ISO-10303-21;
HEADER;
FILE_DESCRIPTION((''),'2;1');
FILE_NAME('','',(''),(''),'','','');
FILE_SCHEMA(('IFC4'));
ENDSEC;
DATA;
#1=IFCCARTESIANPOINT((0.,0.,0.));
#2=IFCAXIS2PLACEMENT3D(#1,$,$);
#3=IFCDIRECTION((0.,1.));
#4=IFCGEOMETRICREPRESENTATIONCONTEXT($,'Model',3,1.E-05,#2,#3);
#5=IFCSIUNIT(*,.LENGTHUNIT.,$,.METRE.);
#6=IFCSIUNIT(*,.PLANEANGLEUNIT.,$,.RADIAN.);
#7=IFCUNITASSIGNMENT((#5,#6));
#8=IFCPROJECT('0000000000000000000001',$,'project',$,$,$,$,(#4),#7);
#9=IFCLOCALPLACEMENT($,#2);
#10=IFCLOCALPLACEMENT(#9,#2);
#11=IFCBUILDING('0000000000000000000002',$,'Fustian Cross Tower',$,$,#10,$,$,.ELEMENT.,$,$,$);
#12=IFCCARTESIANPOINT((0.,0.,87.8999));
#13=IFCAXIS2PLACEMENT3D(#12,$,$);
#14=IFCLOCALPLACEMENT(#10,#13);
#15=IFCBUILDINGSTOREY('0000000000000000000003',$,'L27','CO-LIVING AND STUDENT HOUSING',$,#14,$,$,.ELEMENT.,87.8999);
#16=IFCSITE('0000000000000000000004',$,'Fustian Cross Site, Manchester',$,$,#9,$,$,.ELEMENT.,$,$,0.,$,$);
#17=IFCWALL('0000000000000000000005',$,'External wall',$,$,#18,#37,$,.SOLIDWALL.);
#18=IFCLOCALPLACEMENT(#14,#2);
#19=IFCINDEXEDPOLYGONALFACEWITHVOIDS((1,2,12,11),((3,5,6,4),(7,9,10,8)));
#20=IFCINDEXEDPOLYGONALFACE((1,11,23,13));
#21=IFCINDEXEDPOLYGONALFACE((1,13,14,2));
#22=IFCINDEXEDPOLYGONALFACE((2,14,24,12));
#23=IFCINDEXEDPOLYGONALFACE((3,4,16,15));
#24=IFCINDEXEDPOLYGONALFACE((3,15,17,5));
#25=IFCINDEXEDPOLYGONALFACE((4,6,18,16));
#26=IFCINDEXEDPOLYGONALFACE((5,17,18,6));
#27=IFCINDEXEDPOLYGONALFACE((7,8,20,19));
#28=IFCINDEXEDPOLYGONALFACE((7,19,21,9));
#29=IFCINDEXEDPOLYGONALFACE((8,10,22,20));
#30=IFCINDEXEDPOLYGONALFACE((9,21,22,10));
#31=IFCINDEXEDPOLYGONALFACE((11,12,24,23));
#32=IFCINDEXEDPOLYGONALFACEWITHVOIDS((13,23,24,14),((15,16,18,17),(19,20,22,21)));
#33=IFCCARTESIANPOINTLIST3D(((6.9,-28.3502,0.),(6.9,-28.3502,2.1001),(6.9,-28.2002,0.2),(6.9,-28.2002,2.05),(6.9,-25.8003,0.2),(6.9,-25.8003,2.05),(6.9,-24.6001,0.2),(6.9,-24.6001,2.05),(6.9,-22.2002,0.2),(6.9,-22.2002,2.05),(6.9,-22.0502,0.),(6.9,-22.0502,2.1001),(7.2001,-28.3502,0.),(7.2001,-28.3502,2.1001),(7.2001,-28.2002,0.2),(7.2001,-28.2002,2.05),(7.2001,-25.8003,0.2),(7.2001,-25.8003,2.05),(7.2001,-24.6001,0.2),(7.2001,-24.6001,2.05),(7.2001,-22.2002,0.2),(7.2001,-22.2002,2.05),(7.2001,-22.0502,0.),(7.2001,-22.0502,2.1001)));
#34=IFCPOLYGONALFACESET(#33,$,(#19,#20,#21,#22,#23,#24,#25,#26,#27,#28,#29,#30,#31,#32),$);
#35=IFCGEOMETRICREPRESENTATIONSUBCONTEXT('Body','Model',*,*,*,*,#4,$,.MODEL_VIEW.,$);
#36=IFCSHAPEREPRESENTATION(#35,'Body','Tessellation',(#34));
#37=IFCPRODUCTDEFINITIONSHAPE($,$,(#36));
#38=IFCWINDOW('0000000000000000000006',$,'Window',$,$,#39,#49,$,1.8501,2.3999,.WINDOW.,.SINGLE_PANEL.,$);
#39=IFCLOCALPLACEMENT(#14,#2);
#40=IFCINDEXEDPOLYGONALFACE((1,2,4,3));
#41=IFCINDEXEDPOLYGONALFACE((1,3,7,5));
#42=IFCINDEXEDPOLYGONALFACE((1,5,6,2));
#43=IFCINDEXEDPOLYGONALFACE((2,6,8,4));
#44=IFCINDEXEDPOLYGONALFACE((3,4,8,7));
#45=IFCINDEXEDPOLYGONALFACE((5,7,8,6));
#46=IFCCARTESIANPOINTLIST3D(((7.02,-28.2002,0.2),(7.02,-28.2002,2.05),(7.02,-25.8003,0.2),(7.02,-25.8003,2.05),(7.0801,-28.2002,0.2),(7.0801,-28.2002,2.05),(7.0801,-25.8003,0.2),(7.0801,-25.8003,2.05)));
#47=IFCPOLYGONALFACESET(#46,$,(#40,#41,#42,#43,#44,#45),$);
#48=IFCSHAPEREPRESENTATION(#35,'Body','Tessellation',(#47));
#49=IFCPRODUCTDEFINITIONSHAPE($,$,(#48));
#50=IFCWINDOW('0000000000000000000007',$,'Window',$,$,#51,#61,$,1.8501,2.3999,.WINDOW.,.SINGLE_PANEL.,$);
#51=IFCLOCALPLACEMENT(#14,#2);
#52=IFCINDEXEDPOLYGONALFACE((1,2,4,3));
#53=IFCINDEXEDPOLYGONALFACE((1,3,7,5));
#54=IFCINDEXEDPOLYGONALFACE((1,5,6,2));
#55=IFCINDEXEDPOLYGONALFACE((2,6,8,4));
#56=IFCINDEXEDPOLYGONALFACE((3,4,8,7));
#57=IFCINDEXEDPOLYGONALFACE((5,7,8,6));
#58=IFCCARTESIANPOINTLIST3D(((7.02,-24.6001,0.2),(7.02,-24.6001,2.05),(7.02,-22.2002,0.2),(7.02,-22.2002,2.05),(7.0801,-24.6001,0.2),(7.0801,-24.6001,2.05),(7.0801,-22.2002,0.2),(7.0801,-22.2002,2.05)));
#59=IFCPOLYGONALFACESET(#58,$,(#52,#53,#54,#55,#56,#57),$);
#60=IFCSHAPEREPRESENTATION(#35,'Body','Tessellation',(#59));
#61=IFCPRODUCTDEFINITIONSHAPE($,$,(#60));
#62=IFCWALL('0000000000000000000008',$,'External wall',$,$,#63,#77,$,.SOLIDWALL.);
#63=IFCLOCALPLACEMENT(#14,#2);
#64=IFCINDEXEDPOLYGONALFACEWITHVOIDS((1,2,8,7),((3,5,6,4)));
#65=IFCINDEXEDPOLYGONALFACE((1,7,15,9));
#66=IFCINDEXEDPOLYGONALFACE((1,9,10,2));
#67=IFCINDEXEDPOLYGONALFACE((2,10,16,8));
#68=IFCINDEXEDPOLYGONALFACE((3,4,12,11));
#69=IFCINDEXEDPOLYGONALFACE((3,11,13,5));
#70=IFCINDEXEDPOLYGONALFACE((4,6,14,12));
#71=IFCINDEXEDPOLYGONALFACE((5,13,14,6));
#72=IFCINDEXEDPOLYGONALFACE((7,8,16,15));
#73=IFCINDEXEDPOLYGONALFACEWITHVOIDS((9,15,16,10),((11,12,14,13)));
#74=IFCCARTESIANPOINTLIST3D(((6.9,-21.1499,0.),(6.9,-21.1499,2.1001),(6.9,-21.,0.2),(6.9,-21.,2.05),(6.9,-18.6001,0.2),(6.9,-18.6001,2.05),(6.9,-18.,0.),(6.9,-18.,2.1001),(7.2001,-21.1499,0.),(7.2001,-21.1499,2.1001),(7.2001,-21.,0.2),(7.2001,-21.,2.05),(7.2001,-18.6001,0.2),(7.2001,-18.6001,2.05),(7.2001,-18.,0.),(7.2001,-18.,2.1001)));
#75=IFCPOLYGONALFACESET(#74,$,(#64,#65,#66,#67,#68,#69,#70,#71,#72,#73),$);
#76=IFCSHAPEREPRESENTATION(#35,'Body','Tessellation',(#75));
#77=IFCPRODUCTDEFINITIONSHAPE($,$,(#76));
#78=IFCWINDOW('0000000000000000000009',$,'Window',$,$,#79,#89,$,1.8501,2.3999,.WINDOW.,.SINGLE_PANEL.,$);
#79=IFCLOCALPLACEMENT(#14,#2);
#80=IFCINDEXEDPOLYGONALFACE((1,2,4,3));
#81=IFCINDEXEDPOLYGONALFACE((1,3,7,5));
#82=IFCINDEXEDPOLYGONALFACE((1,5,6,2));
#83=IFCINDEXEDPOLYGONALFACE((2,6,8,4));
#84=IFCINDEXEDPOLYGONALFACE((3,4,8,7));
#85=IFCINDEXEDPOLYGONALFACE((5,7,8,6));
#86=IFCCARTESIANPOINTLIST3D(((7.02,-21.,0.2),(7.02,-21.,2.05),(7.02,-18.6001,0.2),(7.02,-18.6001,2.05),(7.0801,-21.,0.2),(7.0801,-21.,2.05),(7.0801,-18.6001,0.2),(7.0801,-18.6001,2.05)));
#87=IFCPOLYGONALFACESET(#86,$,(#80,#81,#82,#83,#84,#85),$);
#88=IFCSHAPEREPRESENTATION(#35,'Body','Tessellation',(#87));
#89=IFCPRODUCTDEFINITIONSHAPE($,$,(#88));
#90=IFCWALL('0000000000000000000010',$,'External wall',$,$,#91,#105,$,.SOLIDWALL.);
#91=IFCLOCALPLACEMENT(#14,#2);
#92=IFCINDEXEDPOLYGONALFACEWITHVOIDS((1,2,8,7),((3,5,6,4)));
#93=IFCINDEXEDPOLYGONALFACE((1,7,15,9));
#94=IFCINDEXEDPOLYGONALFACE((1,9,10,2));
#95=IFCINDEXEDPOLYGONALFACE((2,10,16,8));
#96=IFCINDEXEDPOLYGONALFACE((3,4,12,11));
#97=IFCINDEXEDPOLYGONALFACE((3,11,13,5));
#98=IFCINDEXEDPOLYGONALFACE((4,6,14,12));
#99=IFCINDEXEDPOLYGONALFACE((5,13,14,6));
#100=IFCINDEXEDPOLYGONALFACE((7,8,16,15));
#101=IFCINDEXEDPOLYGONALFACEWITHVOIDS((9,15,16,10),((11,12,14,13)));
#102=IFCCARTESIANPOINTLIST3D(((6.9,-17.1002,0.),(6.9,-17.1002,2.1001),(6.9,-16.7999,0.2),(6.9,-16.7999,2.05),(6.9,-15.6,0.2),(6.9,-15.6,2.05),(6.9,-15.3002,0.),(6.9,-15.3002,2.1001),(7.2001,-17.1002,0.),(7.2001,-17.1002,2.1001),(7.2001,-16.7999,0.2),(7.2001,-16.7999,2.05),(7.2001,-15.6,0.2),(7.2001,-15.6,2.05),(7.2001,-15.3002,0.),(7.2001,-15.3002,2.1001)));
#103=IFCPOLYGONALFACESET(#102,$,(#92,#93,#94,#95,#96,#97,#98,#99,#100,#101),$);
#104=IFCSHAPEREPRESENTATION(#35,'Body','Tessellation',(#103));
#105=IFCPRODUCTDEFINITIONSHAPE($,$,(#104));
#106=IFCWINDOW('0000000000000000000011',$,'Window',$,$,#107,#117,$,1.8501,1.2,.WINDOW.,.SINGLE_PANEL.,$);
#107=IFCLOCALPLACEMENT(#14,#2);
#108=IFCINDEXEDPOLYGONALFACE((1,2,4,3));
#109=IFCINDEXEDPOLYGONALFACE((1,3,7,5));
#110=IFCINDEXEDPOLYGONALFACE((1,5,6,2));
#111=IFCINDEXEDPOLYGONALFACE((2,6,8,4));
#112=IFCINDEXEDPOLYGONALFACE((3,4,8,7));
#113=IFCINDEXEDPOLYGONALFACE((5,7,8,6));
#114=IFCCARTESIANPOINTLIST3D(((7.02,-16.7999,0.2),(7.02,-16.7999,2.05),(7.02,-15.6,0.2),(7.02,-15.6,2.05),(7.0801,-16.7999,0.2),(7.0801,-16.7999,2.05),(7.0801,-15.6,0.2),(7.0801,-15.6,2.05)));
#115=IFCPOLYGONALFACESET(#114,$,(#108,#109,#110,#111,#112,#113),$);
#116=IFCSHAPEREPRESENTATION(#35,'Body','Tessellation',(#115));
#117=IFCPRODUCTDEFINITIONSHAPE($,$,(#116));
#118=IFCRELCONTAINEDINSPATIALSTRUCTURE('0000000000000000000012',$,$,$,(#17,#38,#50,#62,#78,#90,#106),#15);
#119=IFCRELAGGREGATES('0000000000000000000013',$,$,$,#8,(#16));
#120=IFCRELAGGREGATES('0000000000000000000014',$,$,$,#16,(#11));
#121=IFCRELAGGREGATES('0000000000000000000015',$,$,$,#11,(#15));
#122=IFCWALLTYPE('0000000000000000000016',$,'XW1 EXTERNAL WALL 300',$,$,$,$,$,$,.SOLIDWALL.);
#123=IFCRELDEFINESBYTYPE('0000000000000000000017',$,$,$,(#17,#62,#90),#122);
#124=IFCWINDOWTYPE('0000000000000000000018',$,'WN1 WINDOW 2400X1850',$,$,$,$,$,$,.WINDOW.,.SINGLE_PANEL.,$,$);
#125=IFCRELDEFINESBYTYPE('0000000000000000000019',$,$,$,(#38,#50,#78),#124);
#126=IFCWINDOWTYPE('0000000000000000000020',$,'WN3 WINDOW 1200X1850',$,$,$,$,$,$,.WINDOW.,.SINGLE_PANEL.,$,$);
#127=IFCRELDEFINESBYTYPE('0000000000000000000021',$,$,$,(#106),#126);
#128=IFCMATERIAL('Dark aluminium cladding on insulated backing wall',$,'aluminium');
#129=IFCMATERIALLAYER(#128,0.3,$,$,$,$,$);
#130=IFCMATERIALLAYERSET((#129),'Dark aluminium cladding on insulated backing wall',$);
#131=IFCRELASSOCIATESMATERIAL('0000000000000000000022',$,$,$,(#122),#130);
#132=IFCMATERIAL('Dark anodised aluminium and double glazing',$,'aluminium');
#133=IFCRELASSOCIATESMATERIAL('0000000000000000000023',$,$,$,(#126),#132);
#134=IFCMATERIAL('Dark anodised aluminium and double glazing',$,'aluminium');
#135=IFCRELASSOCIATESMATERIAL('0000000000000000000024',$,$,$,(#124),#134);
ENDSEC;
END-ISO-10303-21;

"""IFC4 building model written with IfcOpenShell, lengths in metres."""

from ifc_helpers import new_model, si_unit, direction, frame, frame_2d, origin, place, context, subcontext, project, spatial, rectangle, extrude, material, layer, layer_set, type_object, element, fill, save


model = new_model("IFC4")

# Units and contexts
model_context = context("Model", 3, precision=1e-05, world=origin(), true_north=direction((0.0, 1.0)))
body_context = subcontext(model_context, "Body", "Model", "MODEL_VIEW")
ifc_project = project(units=[si_unit("LENGTHUNIT", "METRE"), si_unit("PLANEANGLEUNIT", "RADIAN")], contexts=[model_context])

# Site, building, storey
site_placement = place(None, origin())
site = spatial("IfcSite", under=ifc_project, at=site_placement, Name="Fustian Cross Site, Manchester", CompositionType="ELEMENT", RefElevation=0.0)
building_placement = place(site_placement, origin())
building = spatial("IfcBuilding", under=site, at=building_placement, Name="Fustian Cross Tower", CompositionType="ELEMENT")
storey_placement = place(building_placement, frame((0.0, 0.0, 87.8999)))
storey = spatial("IfcBuildingStorey", under=building, at=storey_placement, Name="L27", Description="CO-LIVING AND STUDENT HOUSING", CompositionType="ELEMENT", Elevation=87.8999)

# Shared definitions
ifc_material_1 = material(Name="Dark aluminium cladding on insulated backing wall", Category="aluminium")
ifc_layer_1 = layer(ifc_material_1, 0.3)
ifc_layer_set_1 = layer_set([ifc_layer_1], Name="Dark aluminium cladding on insulated backing wall")
wall_type_1 = type_object("IfcWallType", Name="XW1 EXTERNAL WALL 300", PredefinedType="SOLIDWALL", material=ifc_layer_set_1)
ifc_material_2 = material(Name="Dark anodised aluminium and double glazing", Category="aluminium")
window_type_1 = type_object("IfcWindowType", Name="WN3 WINDOW 1200X1850", PartitioningType="SINGLE_PANEL", PredefinedType="WINDOW", material=ifc_material_2)
ifc_material_3 = material(Name="Dark anodised aluminium and double glazing", Category="aluminium")
window_type_2 = type_object("IfcWindowType", Name="WN1 WINDOW 2400X1850", PartitioningType="SINGLE_PANEL", PredefinedType="WINDOW", material=ifc_material_3)

# Wall, openings, windows
wall_1_placement = place(storey_placement, frame((7.05, -28.3501, 0.0), z_axis=(0.0, 0.0, 1.0), x_axis=(0.0, 1.0, 0.0)))
wall_1 = element("IfcWall", 1, at=wall_1_placement, inside=storey, type_object=wall_type_1, Name="External wall", PredefinedType="SOLIDWALL", context=body_context, shape_type="SweptSolid", body=[
    extrude(rectangle(XDim=6.3, YDim=0.3, at=frame_2d((3.1499, 0.0))), origin(), (0.0, 0.0, 1.0), 2.1001),
])
opening_1_placement = place(wall_1_placement, frame((0.1499, 0.0, 0.2)))
opening_1 = element("IfcOpeningElement", 2, at=opening_1_placement, cuts=wall_1, PredefinedType="OPENING", context=body_context, shape_type="SweptSolid", body=[
    extrude(rectangle(XDim=2.3999, YDim=1.8501, at=frame_2d((1.2, 0.925))), frame((0.0, 0.1599, 0.0), z_axis=(0.0, -1.0, 0.0), x_axis=(1.0, 0.0, 0.0)), (0.0, 0.0, 1.0), 0.3201),
])
opening_2_placement = place(wall_1_placement, frame((3.75, 0.0, 0.2)))
opening_2 = element("IfcOpeningElement", 3, at=opening_2_placement, cuts=wall_1, PredefinedType="OPENING", context=body_context, shape_type="SweptSolid", body=[
    extrude(rectangle(XDim=2.3999, YDim=1.8501, at=frame_2d((1.2, 0.925))), frame((0.0, 0.1599, 0.0), z_axis=(0.0, -1.0, 0.0), x_axis=(1.0, 0.0, 0.0)), (0.0, 0.0, 1.0), 0.3201),
])
window_1_placement = place(opening_1_placement, origin())
window_1 = element("IfcWindow", 4, at=window_1_placement, inside=storey, type_object=window_type_2, Name="Window", OverallHeight=1.8501, OverallWidth=2.3999, PartitioningType="SINGLE_PANEL", PredefinedType="WINDOW", context=body_context, shape_type="SweptSolid", body=[
    extrude(rectangle(XDim=2.3999, YDim=1.8501, at=frame_2d((1.2, 0.925))), frame((0.0, 0.03, 0.0), z_axis=(0.0, -1.0, 0.0), x_axis=(1.0, 0.0, 0.0)), (0.0, 0.0, 1.0), 0.0601),
])
fill(opening_1, window_1)
window_2_placement = place(opening_2_placement, origin())
window_2 = element("IfcWindow", 5, at=window_2_placement, inside=storey, type_object=window_type_2, Name="Window", OverallHeight=1.8501, OverallWidth=2.3999, PartitioningType="SINGLE_PANEL", PredefinedType="WINDOW", context=body_context, shape_type="SweptSolid", body=[
    extrude(rectangle(XDim=2.3999, YDim=1.8501, at=frame_2d((1.2, 0.925))), frame((0.0, 0.03, 0.0), z_axis=(0.0, -1.0, 0.0), x_axis=(1.0, 0.0, 0.0)), (0.0, 0.0, 1.0), 0.0601),
])
fill(opening_2, window_2)

# Walls, openings, windows
wall_2_placement = place(storey_placement, frame((7.05, -21.1499, 0.0), z_axis=(0.0, 0.0, 1.0), x_axis=(0.0, 1.0, 0.0)))
wall_2 = element("IfcWall", 6, at=wall_2_placement, inside=storey, type_object=wall_type_1, Name="External wall", PredefinedType="SOLIDWALL", context=body_context, shape_type="SweptSolid", body=[
    extrude(rectangle(XDim=3.1499, YDim=0.3, at=frame_2d((1.575, 0.0))), origin(), (0.0, 0.0, 1.0), 2.1001),
])
opening_3_placement = place(wall_2_placement, frame((0.1499, 0.0, 0.2)))
opening_3 = element("IfcOpeningElement", 7, at=opening_3_placement, cuts=wall_2, PredefinedType="OPENING", context=body_context, shape_type="SweptSolid", body=[
    extrude(rectangle(XDim=2.3999, YDim=1.8501, at=frame_2d((1.2, 0.925))), frame((0.0, 0.1599, 0.0), z_axis=(0.0, -1.0, 0.0), x_axis=(1.0, 0.0, 0.0)), (0.0, 0.0, 1.0), 0.3201),
])
window_3_placement = place(opening_3_placement, origin())
window_3 = element("IfcWindow", 8, at=window_3_placement, inside=storey, type_object=window_type_2, Name="Window", OverallHeight=1.8501, OverallWidth=2.3999, PartitioningType="SINGLE_PANEL", PredefinedType="WINDOW", context=body_context, shape_type="SweptSolid", body=[
    extrude(rectangle(XDim=2.3999, YDim=1.8501, at=frame_2d((1.2, 0.925))), frame((0.0, 0.03, 0.0), z_axis=(0.0, -1.0, 0.0), x_axis=(1.0, 0.0, 0.0)), (0.0, 0.0, 1.0), 0.0601),
])
fill(opening_3, window_3)
wall_3_placement = place(storey_placement, frame((7.05, -17.1001, 0.0), z_axis=(0.0, 0.0, 1.0), x_axis=(0.0, 1.0, 0.0)))
wall_3 = element("IfcWall", 9, at=wall_3_placement, inside=storey, type_object=wall_type_1, Name="External wall", PredefinedType="SOLIDWALL", context=body_context, shape_type="SweptSolid", body=[
    extrude(rectangle(XDim=1.8, YDim=0.3, at=frame_2d((0.8999, 0.0))), origin(), (0.0, 0.0, 1.0), 2.1001),
])
opening_4_placement = place(wall_3_placement, frame((0.3, 0.0, 0.2)))
opening_4 = element("IfcOpeningElement", 10, at=opening_4_placement, cuts=wall_3, PredefinedType="OPENING", context=body_context, shape_type="SweptSolid", body=[
    extrude(rectangle(XDim=1.2, YDim=1.8501, at=frame_2d((0.6001, 0.925))), frame((0.0, 0.1599, 0.0), z_axis=(0.0, -1.0, 0.0), x_axis=(1.0, 0.0, 0.0)), (0.0, 0.0, 1.0), 0.3201),
])
window_4_placement = place(opening_4_placement, origin())
window_4 = element("IfcWindow", 11, at=window_4_placement, inside=storey, type_object=window_type_1, Name="Window", OverallHeight=1.8501, OverallWidth=1.2, PartitioningType="SINGLE_PANEL", PredefinedType="WINDOW", context=body_context, shape_type="SweptSolid", body=[
    extrude(rectangle(XDim=1.2, YDim=1.8501, at=frame_2d((0.6001, 0.925))), frame((0.0, 0.03, 0.0), z_axis=(0.0, -1.0, 0.0), x_axis=(1.0, 0.0, 0.0)), (0.0, 0.0, 1.0), 0.0601),
])
fill(opening_4, window_4)

save(model, "model.ifc")
